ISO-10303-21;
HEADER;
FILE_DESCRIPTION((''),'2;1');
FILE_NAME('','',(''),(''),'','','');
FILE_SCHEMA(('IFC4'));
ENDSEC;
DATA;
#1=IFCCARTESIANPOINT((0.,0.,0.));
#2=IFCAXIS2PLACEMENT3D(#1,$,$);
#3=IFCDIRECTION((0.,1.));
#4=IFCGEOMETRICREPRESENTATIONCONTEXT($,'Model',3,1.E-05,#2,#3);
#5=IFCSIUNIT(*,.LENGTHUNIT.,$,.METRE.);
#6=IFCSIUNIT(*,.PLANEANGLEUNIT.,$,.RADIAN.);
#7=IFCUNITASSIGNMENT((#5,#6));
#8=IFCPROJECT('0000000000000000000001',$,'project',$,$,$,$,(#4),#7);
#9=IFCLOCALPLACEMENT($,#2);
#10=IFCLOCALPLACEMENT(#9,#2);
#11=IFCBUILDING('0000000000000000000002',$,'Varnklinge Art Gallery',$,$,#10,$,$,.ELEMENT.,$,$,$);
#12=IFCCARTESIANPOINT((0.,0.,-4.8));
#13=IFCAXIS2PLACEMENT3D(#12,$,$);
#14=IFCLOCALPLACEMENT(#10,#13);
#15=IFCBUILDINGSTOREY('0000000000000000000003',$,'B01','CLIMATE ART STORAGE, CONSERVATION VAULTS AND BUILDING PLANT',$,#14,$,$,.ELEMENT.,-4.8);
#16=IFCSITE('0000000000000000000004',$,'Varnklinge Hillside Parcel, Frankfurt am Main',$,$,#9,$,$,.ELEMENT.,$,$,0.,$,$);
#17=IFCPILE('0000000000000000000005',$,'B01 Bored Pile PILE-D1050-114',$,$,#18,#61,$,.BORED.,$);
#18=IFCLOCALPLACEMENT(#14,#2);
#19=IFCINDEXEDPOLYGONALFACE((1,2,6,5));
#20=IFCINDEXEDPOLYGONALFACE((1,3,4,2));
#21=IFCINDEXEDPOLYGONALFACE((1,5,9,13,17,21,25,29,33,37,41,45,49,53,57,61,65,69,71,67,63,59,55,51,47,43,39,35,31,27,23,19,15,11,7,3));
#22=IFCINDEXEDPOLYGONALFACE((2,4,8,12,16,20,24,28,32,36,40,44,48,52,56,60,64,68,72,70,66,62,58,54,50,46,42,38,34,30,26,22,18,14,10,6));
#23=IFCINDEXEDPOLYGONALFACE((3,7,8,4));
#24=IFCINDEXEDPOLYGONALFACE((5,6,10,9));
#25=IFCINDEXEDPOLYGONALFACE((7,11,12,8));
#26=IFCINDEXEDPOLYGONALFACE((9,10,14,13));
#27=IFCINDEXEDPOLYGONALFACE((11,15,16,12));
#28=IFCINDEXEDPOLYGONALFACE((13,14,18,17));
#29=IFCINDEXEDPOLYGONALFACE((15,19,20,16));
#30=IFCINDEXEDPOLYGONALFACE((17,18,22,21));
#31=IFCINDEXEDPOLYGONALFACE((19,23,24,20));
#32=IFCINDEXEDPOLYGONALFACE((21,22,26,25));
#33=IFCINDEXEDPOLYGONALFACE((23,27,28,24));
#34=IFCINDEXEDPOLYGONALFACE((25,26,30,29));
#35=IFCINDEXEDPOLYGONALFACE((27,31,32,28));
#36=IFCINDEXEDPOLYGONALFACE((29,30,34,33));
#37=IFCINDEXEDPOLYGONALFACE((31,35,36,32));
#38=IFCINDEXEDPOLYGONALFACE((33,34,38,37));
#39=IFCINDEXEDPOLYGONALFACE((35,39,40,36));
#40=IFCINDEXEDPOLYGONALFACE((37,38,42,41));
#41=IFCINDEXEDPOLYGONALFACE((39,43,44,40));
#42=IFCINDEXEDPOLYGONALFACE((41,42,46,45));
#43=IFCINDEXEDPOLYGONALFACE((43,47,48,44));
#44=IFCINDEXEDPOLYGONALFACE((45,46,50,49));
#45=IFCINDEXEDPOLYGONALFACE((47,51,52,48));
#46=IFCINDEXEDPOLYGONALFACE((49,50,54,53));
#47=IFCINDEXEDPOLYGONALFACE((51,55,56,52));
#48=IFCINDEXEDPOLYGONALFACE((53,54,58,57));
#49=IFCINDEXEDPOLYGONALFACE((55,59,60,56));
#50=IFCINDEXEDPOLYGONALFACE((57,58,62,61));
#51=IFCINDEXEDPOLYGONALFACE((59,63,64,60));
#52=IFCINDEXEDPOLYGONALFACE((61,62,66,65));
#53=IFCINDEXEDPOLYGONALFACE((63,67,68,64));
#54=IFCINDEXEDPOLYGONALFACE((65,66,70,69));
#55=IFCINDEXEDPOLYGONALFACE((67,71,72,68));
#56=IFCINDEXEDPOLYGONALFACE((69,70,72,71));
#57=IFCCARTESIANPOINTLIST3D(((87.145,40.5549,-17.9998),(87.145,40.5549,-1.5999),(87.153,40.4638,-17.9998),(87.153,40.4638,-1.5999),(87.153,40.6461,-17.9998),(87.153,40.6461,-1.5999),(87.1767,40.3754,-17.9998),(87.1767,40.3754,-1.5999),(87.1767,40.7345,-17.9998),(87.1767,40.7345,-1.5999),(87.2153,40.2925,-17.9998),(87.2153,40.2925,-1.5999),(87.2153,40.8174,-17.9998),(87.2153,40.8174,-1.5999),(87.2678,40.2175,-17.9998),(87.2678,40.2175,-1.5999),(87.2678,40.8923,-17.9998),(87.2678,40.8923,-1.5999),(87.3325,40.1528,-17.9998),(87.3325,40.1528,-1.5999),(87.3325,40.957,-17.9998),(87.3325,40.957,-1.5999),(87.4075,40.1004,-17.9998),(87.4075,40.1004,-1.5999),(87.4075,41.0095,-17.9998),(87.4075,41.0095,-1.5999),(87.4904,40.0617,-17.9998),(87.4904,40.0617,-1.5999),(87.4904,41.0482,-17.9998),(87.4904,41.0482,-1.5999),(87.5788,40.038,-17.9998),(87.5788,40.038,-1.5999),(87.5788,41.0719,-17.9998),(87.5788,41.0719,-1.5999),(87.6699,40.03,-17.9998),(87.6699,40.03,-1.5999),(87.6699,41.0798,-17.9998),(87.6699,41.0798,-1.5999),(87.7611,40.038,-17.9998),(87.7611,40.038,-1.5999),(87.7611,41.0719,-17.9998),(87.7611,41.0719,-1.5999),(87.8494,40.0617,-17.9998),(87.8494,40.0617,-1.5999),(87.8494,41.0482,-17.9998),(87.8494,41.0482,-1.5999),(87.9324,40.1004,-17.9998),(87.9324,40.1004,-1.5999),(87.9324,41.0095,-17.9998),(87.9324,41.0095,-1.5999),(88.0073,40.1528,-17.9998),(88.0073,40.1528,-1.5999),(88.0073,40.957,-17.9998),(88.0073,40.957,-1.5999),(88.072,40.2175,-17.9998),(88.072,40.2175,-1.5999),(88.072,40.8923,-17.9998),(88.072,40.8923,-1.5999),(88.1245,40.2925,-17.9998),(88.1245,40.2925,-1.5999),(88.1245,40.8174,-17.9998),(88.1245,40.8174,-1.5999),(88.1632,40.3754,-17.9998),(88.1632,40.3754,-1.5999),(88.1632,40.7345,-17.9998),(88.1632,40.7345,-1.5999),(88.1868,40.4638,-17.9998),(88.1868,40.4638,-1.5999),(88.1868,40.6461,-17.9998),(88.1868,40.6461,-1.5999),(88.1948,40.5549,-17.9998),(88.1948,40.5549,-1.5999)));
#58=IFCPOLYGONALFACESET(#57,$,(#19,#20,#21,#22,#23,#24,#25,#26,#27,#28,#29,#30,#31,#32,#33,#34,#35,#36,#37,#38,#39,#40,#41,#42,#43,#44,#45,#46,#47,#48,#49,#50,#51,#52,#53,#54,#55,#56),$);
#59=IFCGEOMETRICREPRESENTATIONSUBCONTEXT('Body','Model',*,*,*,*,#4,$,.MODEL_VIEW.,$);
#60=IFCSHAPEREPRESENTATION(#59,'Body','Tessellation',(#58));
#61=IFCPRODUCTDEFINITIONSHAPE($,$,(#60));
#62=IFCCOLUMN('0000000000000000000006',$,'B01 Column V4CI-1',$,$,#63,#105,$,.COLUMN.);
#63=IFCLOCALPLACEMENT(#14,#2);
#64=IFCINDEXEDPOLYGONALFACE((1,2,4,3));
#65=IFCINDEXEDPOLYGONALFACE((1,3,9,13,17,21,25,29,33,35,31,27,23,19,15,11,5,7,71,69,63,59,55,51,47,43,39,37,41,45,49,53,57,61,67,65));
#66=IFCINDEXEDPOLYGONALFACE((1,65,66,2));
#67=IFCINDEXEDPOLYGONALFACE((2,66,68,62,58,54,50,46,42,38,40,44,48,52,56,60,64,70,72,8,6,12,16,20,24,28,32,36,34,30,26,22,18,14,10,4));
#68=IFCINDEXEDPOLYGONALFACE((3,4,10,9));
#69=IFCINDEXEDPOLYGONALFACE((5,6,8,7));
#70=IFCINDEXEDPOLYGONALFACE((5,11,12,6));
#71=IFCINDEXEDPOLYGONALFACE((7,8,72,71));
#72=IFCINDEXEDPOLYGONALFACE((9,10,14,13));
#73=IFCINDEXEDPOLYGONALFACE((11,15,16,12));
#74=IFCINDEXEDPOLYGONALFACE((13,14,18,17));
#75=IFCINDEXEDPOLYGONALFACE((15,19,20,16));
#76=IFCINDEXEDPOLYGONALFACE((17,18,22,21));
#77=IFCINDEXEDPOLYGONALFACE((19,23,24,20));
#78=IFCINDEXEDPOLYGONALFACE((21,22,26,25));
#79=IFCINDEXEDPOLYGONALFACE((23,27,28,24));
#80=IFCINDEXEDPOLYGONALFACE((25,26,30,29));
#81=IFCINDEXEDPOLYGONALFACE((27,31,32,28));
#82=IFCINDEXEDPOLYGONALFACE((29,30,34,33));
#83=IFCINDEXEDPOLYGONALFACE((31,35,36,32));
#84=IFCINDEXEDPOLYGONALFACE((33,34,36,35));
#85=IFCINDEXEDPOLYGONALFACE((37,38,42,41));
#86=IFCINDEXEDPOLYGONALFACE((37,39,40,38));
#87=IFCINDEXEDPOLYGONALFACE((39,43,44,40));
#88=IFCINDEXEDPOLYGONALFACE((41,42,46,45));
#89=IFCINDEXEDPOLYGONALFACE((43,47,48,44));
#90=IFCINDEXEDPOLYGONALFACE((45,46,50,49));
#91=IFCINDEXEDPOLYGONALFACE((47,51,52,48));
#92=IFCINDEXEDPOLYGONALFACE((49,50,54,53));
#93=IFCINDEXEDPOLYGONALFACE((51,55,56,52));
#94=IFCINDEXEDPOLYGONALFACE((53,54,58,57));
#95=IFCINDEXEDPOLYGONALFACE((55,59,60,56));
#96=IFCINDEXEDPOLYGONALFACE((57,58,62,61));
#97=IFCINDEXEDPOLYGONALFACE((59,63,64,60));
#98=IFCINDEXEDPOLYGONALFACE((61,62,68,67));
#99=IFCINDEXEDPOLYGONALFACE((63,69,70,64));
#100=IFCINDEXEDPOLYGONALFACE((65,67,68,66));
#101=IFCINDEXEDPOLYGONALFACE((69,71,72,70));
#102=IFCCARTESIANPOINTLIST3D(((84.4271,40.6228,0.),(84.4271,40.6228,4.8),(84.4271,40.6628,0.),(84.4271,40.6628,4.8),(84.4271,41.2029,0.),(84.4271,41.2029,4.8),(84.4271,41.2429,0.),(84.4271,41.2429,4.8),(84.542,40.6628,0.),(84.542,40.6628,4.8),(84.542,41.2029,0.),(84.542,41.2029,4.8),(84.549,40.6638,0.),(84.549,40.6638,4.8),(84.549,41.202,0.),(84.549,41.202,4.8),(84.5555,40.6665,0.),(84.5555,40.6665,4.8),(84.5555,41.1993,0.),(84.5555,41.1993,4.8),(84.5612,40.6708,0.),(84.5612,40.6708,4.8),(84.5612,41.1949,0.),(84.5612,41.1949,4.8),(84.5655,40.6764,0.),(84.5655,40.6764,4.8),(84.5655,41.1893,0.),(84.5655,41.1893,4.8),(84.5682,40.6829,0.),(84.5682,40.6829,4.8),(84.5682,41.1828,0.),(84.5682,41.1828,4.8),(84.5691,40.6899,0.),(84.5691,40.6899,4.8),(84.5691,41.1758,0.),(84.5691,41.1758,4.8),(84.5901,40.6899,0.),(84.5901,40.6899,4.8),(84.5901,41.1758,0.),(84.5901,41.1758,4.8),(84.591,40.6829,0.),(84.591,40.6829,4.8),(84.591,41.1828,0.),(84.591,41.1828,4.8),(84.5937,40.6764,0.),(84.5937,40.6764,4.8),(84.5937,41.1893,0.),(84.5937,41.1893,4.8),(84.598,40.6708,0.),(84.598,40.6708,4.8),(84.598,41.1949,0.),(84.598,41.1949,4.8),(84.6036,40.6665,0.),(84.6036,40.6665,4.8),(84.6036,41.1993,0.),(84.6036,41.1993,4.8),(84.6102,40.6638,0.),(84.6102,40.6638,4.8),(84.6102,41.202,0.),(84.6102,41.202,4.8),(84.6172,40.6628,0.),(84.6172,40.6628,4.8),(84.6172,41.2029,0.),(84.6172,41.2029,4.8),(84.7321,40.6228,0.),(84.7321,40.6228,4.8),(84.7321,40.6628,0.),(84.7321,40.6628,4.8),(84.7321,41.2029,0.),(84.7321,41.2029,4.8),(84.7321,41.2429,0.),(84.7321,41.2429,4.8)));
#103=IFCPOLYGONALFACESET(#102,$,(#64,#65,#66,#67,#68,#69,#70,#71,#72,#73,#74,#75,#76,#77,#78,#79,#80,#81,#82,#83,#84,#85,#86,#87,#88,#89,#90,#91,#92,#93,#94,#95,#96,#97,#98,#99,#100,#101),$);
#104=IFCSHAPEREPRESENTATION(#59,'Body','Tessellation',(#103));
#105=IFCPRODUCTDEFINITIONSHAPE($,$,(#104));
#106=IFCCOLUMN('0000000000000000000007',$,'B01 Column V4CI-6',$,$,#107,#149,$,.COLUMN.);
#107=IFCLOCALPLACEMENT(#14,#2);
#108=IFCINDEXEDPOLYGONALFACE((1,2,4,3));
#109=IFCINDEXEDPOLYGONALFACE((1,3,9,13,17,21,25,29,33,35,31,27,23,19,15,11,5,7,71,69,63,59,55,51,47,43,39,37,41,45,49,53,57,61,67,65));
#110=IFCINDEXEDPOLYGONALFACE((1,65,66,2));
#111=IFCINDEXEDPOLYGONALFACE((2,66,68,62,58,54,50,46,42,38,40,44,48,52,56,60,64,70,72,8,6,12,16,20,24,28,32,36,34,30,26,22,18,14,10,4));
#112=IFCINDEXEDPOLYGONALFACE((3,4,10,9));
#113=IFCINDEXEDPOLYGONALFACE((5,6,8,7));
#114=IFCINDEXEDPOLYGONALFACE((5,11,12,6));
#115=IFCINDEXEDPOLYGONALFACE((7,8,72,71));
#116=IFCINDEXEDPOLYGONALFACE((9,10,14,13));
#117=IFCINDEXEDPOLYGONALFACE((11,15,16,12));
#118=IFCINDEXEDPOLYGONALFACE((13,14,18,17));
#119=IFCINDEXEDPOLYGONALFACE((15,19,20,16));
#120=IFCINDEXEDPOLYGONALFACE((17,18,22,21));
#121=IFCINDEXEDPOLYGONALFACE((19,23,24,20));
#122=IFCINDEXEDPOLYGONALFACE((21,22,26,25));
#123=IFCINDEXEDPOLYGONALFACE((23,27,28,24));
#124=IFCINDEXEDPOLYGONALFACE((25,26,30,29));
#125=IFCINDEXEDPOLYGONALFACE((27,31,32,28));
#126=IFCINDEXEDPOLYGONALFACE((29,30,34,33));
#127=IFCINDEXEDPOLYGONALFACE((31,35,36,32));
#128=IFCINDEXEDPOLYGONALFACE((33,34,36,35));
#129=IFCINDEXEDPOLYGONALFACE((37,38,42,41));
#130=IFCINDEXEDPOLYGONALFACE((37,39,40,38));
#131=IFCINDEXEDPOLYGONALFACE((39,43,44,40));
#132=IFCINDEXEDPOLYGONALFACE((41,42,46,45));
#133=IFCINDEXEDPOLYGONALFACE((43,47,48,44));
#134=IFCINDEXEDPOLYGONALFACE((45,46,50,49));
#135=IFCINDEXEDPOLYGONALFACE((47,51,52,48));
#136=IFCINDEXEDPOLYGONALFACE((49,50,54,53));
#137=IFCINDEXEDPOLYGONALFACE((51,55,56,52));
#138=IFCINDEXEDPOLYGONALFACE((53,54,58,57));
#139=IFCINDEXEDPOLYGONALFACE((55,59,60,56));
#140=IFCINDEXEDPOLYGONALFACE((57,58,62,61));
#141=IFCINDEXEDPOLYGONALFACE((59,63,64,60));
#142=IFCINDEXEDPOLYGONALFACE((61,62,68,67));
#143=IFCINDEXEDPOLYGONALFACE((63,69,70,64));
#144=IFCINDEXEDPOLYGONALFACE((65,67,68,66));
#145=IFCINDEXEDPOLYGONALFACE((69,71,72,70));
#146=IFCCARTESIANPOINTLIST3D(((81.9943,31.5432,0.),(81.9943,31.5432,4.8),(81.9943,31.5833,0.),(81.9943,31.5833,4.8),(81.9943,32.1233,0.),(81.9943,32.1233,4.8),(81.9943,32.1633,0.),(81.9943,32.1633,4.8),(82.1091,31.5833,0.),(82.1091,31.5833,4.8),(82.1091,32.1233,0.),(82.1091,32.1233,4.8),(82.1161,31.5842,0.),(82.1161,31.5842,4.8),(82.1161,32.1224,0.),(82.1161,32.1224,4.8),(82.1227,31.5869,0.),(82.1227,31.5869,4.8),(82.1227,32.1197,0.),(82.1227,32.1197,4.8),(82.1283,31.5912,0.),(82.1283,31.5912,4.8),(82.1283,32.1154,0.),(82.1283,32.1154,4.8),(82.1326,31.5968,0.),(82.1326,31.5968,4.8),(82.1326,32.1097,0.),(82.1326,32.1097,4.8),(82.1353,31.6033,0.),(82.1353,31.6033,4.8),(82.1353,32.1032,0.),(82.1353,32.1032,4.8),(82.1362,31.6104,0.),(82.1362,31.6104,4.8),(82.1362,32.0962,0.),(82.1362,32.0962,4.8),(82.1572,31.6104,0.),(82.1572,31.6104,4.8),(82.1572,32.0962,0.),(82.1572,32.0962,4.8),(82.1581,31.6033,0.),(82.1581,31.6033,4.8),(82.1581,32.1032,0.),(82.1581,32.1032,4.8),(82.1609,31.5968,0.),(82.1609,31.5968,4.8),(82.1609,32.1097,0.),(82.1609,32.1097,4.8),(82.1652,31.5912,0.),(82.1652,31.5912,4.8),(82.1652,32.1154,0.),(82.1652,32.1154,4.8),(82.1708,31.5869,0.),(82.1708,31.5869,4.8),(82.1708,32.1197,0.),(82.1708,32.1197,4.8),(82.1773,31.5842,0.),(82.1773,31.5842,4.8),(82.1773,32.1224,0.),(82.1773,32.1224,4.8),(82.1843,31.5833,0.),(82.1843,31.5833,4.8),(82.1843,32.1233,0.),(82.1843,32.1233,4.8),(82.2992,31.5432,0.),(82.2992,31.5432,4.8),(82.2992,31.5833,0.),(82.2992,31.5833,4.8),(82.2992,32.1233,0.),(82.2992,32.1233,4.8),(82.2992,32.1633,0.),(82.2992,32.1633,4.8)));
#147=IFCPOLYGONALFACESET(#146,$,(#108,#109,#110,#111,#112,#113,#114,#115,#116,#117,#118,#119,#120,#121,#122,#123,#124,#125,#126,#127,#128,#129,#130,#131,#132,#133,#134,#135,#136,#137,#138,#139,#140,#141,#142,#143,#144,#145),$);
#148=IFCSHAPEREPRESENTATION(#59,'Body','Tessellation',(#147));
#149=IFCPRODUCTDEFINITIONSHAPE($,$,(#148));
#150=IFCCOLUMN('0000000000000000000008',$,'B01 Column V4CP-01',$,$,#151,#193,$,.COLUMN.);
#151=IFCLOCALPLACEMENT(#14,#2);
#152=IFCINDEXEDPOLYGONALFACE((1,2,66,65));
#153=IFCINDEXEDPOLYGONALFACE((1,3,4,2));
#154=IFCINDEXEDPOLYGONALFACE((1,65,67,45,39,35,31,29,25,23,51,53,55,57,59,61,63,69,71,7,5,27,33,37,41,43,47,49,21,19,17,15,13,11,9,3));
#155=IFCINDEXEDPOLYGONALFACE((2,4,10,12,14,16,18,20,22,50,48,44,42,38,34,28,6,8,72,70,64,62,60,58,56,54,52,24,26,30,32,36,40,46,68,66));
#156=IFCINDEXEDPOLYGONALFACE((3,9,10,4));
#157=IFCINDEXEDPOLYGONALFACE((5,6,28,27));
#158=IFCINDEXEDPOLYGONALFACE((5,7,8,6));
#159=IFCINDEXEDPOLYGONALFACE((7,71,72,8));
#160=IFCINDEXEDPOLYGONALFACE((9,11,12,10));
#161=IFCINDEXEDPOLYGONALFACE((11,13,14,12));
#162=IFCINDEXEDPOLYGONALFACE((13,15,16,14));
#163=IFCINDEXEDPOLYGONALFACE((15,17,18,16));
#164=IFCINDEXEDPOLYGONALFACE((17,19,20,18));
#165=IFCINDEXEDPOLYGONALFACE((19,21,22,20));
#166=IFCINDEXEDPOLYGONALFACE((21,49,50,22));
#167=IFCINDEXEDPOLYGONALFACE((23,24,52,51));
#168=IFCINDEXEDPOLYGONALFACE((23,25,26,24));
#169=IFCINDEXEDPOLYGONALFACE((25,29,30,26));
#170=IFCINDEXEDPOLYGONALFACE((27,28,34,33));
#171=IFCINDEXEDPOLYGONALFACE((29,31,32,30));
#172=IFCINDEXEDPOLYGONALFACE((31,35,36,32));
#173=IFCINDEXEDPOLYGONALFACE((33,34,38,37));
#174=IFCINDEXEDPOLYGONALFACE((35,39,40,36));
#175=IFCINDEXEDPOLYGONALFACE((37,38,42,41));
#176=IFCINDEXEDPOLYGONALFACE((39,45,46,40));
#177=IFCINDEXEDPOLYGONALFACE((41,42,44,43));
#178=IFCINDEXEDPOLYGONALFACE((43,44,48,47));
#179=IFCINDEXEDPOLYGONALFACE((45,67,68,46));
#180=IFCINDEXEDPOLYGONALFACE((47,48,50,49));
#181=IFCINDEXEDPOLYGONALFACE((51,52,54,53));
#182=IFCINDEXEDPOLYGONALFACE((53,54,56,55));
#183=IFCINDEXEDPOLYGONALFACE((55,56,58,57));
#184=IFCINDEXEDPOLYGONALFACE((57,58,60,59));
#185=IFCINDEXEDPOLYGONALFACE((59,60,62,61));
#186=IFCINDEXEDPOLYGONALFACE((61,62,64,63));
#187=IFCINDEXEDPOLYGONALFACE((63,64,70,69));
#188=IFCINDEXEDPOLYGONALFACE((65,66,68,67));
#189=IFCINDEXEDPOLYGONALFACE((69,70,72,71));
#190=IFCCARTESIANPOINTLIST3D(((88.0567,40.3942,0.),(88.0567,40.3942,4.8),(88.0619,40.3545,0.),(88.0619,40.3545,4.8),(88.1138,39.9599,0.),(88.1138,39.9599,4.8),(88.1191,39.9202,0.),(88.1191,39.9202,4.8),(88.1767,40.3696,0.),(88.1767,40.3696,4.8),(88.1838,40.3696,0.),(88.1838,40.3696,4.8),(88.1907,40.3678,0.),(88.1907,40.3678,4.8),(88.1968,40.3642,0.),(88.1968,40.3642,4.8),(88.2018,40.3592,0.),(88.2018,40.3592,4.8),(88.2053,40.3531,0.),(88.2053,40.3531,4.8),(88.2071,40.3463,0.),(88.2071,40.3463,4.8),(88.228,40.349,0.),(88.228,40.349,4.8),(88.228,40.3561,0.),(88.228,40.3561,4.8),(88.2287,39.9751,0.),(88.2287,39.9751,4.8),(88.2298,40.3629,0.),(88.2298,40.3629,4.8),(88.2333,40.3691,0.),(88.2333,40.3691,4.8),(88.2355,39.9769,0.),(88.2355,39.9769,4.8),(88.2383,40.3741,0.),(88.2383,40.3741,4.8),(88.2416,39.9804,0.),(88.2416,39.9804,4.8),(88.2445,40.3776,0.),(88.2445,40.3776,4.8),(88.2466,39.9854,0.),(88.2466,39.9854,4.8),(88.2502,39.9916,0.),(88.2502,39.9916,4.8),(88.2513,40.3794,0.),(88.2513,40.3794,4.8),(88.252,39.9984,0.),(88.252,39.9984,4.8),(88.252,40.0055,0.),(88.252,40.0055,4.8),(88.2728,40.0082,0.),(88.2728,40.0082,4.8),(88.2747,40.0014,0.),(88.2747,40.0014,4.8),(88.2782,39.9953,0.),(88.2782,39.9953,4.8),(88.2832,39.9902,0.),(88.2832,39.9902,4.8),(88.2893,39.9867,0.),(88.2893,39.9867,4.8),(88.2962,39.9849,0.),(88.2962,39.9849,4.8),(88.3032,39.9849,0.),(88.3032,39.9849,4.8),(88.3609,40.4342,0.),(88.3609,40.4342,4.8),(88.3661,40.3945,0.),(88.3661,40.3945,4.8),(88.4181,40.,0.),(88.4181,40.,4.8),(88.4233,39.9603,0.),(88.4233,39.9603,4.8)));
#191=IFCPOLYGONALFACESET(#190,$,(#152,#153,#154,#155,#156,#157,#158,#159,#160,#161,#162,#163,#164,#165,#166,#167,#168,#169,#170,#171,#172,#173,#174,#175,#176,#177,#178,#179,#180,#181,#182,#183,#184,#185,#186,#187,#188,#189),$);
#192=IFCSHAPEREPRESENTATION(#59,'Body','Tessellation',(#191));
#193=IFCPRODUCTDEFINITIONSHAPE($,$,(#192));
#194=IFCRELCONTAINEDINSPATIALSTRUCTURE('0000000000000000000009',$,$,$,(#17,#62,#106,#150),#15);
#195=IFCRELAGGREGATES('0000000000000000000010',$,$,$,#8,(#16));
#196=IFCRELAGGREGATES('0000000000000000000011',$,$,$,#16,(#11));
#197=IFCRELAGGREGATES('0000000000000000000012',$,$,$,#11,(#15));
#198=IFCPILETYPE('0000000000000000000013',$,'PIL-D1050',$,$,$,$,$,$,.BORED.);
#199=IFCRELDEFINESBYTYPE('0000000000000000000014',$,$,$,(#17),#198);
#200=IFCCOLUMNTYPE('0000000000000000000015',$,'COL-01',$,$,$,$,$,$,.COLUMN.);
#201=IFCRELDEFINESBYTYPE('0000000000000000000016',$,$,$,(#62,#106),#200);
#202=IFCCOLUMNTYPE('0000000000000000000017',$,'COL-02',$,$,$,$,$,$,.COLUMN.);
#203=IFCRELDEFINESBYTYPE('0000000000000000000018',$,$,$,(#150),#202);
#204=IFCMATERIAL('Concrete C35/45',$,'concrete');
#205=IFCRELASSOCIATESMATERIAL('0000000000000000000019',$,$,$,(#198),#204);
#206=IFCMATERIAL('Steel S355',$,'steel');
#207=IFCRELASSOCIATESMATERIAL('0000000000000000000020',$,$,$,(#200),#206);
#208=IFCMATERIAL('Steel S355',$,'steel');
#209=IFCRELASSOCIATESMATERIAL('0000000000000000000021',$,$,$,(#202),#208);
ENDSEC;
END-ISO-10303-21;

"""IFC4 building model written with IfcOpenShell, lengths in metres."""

from ifc_helpers import new_model, si_unit, direction, frame, origin, origin_2d, place, context, subcontext, project, spatial, circle, i_section, extrude, material, material_profile, profile_set, type_object, element, save


model = new_model("IFC4")

# Units and contexts
model_context = context("Model", 3, precision=1e-05, world=origin(), true_north=direction((0.0, 1.0)))
body_context = subcontext(model_context, "Body", "Model", "MODEL_VIEW")
ifc_project = project(units=[si_unit("LENGTHUNIT", "METRE"), si_unit("PLANEANGLEUNIT", "RADIAN")], contexts=[model_context])

# Site, building, storey
site_placement = place(None, origin())
site = spatial("IfcSite", under=ifc_project, at=site_placement, Name="Varnklinge Hillside Parcel, Frankfurt am Main", CompositionType="ELEMENT", RefElevation=0.0)
building_placement = place(site_placement, origin())
building = spatial("IfcBuilding", under=site, at=building_placement, Name="Varnklinge Art Gallery", CompositionType="ELEMENT")
storey_placement = place(building_placement, frame((0.0, 0.0, -4.8)))
storey = spatial("IfcBuildingStorey", under=building, at=storey_placement, Name="B01", Description="CLIMATE ART STORAGE, CONSERVATION VAULTS AND BUILDING PLANT", CompositionType="ELEMENT", Elevation=-4.8)

# Pile
ifc_material_1 = material(Name="Concrete C35/45", Category="concrete")
ifc_material_profile_1 = material_profile(ifc_material_1, circle(Radius=0.5249, at=origin_2d()), Name="PILE D1050")
ifc_profile_set_1 = profile_set([ifc_material_profile_1], Name="Concrete C35/45")
pile_type = type_object("IfcPileType", Name="PIL-D1050", PredefinedType="BORED", material=ifc_profile_set_1)
for number, where, z_axis, x_axis, name in (
    (1, (87.6699, 40.5549, -1.5999), (0.0, 0.0, -1.0), (1.0, 0.0, 0.0), "B01 Bored Pile PILE-D1050-114"),
):
    element("IfcPile", number, at=place(storey_placement, frame(where, z_axis=z_axis, x_axis=x_axis)), inside=storey, type_object=pile_type, Name=name, PredefinedType="BORED", context=body_context, shape_type="SweptSolid", body=[
        extrude(circle(Radius=0.5249, at=origin_2d()), origin(), (0.0, 0.0, 1.0), 16.3999),
    ])

# Columns
ifc_material_2 = material(Name="Steel S355", Category="steel")
ifc_material_profile_2 = material_profile(ifc_material_2, i_section(OverallWidth=0.3049, OverallDepth=0.6201, WebThickness=0.021, FlangeThickness=0.04, FilletRadius=0.0271, at=origin_2d()), Name="HEM 600")
ifc_profile_set_2 = profile_set([ifc_material_profile_2], Name="Steel S355")
column_type_1 = type_object("IfcColumnType", Name="COL-01", PredefinedType="COLUMN", material=ifc_profile_set_2)
for number, where, z_axis, x_axis, name in (
    (2, (84.5796, 40.9329, 0.0), (0.0, 0.0, 1.0), (1.0, 0.0, 0.0), "B01 Column V4CI-1"),
    (3, (82.1467, 31.8533, 0.0), (0.0, 0.0, 1.0), (1.0, 0.0, 0.0), "B01 Column V4CI-6"),
):
    element("IfcColumn", number, at=place(storey_placement, frame(where, z_axis=z_axis, x_axis=x_axis)), inside=storey, type_object=column_type_1, Name=name, PredefinedType="COLUMN", context=body_context, shape_type="SweptSolid", body=[
        extrude(i_section(OverallWidth=0.3049, OverallDepth=0.6201, WebThickness=0.021, FlangeThickness=0.04, FilletRadius=0.0271, at=origin_2d()), origin(), (0.0, 0.0, 1.0), 4.8),
    ])
ifc_material_3 = material(Name="Steel S355", Category="steel")
ifc_material_profile_3 = material_profile(ifc_material_3, i_section(OverallWidth=0.3069, OverallDepth=0.478, WebThickness=0.021, FlangeThickness=0.04, FilletRadius=0.0271, at=origin_2d()), Name="HEM 450")
ifc_profile_set_3 = profile_set([ifc_material_profile_3], Name="Steel S355")
column_type_2 = type_object("IfcColumnType", Name="COL-02", PredefinedType="COLUMN", material=ifc_profile_set_3)
for number, where, z_axis, x_axis, name in (
    (4, (88.24, 40.1772, 0.0), (0.0, 0.0, 1.0), (0.991445, 0.130526, 0.0), "B01 Column V4CP-01"),
):
    element("IfcColumn", number, at=place(storey_placement, frame(where, z_axis=z_axis, x_axis=x_axis)), inside=storey, type_object=column_type_2, Name=name, PredefinedType="COLUMN", context=body_context, shape_type="SweptSolid", body=[
        extrude(i_section(OverallWidth=0.3069, OverallDepth=0.478, WebThickness=0.021, FlangeThickness=0.04, FilletRadius=0.0271, at=origin_2d()), origin(), (0.0, 0.0, 1.0), 4.8),
    ])

save(model, "model.ifc")
